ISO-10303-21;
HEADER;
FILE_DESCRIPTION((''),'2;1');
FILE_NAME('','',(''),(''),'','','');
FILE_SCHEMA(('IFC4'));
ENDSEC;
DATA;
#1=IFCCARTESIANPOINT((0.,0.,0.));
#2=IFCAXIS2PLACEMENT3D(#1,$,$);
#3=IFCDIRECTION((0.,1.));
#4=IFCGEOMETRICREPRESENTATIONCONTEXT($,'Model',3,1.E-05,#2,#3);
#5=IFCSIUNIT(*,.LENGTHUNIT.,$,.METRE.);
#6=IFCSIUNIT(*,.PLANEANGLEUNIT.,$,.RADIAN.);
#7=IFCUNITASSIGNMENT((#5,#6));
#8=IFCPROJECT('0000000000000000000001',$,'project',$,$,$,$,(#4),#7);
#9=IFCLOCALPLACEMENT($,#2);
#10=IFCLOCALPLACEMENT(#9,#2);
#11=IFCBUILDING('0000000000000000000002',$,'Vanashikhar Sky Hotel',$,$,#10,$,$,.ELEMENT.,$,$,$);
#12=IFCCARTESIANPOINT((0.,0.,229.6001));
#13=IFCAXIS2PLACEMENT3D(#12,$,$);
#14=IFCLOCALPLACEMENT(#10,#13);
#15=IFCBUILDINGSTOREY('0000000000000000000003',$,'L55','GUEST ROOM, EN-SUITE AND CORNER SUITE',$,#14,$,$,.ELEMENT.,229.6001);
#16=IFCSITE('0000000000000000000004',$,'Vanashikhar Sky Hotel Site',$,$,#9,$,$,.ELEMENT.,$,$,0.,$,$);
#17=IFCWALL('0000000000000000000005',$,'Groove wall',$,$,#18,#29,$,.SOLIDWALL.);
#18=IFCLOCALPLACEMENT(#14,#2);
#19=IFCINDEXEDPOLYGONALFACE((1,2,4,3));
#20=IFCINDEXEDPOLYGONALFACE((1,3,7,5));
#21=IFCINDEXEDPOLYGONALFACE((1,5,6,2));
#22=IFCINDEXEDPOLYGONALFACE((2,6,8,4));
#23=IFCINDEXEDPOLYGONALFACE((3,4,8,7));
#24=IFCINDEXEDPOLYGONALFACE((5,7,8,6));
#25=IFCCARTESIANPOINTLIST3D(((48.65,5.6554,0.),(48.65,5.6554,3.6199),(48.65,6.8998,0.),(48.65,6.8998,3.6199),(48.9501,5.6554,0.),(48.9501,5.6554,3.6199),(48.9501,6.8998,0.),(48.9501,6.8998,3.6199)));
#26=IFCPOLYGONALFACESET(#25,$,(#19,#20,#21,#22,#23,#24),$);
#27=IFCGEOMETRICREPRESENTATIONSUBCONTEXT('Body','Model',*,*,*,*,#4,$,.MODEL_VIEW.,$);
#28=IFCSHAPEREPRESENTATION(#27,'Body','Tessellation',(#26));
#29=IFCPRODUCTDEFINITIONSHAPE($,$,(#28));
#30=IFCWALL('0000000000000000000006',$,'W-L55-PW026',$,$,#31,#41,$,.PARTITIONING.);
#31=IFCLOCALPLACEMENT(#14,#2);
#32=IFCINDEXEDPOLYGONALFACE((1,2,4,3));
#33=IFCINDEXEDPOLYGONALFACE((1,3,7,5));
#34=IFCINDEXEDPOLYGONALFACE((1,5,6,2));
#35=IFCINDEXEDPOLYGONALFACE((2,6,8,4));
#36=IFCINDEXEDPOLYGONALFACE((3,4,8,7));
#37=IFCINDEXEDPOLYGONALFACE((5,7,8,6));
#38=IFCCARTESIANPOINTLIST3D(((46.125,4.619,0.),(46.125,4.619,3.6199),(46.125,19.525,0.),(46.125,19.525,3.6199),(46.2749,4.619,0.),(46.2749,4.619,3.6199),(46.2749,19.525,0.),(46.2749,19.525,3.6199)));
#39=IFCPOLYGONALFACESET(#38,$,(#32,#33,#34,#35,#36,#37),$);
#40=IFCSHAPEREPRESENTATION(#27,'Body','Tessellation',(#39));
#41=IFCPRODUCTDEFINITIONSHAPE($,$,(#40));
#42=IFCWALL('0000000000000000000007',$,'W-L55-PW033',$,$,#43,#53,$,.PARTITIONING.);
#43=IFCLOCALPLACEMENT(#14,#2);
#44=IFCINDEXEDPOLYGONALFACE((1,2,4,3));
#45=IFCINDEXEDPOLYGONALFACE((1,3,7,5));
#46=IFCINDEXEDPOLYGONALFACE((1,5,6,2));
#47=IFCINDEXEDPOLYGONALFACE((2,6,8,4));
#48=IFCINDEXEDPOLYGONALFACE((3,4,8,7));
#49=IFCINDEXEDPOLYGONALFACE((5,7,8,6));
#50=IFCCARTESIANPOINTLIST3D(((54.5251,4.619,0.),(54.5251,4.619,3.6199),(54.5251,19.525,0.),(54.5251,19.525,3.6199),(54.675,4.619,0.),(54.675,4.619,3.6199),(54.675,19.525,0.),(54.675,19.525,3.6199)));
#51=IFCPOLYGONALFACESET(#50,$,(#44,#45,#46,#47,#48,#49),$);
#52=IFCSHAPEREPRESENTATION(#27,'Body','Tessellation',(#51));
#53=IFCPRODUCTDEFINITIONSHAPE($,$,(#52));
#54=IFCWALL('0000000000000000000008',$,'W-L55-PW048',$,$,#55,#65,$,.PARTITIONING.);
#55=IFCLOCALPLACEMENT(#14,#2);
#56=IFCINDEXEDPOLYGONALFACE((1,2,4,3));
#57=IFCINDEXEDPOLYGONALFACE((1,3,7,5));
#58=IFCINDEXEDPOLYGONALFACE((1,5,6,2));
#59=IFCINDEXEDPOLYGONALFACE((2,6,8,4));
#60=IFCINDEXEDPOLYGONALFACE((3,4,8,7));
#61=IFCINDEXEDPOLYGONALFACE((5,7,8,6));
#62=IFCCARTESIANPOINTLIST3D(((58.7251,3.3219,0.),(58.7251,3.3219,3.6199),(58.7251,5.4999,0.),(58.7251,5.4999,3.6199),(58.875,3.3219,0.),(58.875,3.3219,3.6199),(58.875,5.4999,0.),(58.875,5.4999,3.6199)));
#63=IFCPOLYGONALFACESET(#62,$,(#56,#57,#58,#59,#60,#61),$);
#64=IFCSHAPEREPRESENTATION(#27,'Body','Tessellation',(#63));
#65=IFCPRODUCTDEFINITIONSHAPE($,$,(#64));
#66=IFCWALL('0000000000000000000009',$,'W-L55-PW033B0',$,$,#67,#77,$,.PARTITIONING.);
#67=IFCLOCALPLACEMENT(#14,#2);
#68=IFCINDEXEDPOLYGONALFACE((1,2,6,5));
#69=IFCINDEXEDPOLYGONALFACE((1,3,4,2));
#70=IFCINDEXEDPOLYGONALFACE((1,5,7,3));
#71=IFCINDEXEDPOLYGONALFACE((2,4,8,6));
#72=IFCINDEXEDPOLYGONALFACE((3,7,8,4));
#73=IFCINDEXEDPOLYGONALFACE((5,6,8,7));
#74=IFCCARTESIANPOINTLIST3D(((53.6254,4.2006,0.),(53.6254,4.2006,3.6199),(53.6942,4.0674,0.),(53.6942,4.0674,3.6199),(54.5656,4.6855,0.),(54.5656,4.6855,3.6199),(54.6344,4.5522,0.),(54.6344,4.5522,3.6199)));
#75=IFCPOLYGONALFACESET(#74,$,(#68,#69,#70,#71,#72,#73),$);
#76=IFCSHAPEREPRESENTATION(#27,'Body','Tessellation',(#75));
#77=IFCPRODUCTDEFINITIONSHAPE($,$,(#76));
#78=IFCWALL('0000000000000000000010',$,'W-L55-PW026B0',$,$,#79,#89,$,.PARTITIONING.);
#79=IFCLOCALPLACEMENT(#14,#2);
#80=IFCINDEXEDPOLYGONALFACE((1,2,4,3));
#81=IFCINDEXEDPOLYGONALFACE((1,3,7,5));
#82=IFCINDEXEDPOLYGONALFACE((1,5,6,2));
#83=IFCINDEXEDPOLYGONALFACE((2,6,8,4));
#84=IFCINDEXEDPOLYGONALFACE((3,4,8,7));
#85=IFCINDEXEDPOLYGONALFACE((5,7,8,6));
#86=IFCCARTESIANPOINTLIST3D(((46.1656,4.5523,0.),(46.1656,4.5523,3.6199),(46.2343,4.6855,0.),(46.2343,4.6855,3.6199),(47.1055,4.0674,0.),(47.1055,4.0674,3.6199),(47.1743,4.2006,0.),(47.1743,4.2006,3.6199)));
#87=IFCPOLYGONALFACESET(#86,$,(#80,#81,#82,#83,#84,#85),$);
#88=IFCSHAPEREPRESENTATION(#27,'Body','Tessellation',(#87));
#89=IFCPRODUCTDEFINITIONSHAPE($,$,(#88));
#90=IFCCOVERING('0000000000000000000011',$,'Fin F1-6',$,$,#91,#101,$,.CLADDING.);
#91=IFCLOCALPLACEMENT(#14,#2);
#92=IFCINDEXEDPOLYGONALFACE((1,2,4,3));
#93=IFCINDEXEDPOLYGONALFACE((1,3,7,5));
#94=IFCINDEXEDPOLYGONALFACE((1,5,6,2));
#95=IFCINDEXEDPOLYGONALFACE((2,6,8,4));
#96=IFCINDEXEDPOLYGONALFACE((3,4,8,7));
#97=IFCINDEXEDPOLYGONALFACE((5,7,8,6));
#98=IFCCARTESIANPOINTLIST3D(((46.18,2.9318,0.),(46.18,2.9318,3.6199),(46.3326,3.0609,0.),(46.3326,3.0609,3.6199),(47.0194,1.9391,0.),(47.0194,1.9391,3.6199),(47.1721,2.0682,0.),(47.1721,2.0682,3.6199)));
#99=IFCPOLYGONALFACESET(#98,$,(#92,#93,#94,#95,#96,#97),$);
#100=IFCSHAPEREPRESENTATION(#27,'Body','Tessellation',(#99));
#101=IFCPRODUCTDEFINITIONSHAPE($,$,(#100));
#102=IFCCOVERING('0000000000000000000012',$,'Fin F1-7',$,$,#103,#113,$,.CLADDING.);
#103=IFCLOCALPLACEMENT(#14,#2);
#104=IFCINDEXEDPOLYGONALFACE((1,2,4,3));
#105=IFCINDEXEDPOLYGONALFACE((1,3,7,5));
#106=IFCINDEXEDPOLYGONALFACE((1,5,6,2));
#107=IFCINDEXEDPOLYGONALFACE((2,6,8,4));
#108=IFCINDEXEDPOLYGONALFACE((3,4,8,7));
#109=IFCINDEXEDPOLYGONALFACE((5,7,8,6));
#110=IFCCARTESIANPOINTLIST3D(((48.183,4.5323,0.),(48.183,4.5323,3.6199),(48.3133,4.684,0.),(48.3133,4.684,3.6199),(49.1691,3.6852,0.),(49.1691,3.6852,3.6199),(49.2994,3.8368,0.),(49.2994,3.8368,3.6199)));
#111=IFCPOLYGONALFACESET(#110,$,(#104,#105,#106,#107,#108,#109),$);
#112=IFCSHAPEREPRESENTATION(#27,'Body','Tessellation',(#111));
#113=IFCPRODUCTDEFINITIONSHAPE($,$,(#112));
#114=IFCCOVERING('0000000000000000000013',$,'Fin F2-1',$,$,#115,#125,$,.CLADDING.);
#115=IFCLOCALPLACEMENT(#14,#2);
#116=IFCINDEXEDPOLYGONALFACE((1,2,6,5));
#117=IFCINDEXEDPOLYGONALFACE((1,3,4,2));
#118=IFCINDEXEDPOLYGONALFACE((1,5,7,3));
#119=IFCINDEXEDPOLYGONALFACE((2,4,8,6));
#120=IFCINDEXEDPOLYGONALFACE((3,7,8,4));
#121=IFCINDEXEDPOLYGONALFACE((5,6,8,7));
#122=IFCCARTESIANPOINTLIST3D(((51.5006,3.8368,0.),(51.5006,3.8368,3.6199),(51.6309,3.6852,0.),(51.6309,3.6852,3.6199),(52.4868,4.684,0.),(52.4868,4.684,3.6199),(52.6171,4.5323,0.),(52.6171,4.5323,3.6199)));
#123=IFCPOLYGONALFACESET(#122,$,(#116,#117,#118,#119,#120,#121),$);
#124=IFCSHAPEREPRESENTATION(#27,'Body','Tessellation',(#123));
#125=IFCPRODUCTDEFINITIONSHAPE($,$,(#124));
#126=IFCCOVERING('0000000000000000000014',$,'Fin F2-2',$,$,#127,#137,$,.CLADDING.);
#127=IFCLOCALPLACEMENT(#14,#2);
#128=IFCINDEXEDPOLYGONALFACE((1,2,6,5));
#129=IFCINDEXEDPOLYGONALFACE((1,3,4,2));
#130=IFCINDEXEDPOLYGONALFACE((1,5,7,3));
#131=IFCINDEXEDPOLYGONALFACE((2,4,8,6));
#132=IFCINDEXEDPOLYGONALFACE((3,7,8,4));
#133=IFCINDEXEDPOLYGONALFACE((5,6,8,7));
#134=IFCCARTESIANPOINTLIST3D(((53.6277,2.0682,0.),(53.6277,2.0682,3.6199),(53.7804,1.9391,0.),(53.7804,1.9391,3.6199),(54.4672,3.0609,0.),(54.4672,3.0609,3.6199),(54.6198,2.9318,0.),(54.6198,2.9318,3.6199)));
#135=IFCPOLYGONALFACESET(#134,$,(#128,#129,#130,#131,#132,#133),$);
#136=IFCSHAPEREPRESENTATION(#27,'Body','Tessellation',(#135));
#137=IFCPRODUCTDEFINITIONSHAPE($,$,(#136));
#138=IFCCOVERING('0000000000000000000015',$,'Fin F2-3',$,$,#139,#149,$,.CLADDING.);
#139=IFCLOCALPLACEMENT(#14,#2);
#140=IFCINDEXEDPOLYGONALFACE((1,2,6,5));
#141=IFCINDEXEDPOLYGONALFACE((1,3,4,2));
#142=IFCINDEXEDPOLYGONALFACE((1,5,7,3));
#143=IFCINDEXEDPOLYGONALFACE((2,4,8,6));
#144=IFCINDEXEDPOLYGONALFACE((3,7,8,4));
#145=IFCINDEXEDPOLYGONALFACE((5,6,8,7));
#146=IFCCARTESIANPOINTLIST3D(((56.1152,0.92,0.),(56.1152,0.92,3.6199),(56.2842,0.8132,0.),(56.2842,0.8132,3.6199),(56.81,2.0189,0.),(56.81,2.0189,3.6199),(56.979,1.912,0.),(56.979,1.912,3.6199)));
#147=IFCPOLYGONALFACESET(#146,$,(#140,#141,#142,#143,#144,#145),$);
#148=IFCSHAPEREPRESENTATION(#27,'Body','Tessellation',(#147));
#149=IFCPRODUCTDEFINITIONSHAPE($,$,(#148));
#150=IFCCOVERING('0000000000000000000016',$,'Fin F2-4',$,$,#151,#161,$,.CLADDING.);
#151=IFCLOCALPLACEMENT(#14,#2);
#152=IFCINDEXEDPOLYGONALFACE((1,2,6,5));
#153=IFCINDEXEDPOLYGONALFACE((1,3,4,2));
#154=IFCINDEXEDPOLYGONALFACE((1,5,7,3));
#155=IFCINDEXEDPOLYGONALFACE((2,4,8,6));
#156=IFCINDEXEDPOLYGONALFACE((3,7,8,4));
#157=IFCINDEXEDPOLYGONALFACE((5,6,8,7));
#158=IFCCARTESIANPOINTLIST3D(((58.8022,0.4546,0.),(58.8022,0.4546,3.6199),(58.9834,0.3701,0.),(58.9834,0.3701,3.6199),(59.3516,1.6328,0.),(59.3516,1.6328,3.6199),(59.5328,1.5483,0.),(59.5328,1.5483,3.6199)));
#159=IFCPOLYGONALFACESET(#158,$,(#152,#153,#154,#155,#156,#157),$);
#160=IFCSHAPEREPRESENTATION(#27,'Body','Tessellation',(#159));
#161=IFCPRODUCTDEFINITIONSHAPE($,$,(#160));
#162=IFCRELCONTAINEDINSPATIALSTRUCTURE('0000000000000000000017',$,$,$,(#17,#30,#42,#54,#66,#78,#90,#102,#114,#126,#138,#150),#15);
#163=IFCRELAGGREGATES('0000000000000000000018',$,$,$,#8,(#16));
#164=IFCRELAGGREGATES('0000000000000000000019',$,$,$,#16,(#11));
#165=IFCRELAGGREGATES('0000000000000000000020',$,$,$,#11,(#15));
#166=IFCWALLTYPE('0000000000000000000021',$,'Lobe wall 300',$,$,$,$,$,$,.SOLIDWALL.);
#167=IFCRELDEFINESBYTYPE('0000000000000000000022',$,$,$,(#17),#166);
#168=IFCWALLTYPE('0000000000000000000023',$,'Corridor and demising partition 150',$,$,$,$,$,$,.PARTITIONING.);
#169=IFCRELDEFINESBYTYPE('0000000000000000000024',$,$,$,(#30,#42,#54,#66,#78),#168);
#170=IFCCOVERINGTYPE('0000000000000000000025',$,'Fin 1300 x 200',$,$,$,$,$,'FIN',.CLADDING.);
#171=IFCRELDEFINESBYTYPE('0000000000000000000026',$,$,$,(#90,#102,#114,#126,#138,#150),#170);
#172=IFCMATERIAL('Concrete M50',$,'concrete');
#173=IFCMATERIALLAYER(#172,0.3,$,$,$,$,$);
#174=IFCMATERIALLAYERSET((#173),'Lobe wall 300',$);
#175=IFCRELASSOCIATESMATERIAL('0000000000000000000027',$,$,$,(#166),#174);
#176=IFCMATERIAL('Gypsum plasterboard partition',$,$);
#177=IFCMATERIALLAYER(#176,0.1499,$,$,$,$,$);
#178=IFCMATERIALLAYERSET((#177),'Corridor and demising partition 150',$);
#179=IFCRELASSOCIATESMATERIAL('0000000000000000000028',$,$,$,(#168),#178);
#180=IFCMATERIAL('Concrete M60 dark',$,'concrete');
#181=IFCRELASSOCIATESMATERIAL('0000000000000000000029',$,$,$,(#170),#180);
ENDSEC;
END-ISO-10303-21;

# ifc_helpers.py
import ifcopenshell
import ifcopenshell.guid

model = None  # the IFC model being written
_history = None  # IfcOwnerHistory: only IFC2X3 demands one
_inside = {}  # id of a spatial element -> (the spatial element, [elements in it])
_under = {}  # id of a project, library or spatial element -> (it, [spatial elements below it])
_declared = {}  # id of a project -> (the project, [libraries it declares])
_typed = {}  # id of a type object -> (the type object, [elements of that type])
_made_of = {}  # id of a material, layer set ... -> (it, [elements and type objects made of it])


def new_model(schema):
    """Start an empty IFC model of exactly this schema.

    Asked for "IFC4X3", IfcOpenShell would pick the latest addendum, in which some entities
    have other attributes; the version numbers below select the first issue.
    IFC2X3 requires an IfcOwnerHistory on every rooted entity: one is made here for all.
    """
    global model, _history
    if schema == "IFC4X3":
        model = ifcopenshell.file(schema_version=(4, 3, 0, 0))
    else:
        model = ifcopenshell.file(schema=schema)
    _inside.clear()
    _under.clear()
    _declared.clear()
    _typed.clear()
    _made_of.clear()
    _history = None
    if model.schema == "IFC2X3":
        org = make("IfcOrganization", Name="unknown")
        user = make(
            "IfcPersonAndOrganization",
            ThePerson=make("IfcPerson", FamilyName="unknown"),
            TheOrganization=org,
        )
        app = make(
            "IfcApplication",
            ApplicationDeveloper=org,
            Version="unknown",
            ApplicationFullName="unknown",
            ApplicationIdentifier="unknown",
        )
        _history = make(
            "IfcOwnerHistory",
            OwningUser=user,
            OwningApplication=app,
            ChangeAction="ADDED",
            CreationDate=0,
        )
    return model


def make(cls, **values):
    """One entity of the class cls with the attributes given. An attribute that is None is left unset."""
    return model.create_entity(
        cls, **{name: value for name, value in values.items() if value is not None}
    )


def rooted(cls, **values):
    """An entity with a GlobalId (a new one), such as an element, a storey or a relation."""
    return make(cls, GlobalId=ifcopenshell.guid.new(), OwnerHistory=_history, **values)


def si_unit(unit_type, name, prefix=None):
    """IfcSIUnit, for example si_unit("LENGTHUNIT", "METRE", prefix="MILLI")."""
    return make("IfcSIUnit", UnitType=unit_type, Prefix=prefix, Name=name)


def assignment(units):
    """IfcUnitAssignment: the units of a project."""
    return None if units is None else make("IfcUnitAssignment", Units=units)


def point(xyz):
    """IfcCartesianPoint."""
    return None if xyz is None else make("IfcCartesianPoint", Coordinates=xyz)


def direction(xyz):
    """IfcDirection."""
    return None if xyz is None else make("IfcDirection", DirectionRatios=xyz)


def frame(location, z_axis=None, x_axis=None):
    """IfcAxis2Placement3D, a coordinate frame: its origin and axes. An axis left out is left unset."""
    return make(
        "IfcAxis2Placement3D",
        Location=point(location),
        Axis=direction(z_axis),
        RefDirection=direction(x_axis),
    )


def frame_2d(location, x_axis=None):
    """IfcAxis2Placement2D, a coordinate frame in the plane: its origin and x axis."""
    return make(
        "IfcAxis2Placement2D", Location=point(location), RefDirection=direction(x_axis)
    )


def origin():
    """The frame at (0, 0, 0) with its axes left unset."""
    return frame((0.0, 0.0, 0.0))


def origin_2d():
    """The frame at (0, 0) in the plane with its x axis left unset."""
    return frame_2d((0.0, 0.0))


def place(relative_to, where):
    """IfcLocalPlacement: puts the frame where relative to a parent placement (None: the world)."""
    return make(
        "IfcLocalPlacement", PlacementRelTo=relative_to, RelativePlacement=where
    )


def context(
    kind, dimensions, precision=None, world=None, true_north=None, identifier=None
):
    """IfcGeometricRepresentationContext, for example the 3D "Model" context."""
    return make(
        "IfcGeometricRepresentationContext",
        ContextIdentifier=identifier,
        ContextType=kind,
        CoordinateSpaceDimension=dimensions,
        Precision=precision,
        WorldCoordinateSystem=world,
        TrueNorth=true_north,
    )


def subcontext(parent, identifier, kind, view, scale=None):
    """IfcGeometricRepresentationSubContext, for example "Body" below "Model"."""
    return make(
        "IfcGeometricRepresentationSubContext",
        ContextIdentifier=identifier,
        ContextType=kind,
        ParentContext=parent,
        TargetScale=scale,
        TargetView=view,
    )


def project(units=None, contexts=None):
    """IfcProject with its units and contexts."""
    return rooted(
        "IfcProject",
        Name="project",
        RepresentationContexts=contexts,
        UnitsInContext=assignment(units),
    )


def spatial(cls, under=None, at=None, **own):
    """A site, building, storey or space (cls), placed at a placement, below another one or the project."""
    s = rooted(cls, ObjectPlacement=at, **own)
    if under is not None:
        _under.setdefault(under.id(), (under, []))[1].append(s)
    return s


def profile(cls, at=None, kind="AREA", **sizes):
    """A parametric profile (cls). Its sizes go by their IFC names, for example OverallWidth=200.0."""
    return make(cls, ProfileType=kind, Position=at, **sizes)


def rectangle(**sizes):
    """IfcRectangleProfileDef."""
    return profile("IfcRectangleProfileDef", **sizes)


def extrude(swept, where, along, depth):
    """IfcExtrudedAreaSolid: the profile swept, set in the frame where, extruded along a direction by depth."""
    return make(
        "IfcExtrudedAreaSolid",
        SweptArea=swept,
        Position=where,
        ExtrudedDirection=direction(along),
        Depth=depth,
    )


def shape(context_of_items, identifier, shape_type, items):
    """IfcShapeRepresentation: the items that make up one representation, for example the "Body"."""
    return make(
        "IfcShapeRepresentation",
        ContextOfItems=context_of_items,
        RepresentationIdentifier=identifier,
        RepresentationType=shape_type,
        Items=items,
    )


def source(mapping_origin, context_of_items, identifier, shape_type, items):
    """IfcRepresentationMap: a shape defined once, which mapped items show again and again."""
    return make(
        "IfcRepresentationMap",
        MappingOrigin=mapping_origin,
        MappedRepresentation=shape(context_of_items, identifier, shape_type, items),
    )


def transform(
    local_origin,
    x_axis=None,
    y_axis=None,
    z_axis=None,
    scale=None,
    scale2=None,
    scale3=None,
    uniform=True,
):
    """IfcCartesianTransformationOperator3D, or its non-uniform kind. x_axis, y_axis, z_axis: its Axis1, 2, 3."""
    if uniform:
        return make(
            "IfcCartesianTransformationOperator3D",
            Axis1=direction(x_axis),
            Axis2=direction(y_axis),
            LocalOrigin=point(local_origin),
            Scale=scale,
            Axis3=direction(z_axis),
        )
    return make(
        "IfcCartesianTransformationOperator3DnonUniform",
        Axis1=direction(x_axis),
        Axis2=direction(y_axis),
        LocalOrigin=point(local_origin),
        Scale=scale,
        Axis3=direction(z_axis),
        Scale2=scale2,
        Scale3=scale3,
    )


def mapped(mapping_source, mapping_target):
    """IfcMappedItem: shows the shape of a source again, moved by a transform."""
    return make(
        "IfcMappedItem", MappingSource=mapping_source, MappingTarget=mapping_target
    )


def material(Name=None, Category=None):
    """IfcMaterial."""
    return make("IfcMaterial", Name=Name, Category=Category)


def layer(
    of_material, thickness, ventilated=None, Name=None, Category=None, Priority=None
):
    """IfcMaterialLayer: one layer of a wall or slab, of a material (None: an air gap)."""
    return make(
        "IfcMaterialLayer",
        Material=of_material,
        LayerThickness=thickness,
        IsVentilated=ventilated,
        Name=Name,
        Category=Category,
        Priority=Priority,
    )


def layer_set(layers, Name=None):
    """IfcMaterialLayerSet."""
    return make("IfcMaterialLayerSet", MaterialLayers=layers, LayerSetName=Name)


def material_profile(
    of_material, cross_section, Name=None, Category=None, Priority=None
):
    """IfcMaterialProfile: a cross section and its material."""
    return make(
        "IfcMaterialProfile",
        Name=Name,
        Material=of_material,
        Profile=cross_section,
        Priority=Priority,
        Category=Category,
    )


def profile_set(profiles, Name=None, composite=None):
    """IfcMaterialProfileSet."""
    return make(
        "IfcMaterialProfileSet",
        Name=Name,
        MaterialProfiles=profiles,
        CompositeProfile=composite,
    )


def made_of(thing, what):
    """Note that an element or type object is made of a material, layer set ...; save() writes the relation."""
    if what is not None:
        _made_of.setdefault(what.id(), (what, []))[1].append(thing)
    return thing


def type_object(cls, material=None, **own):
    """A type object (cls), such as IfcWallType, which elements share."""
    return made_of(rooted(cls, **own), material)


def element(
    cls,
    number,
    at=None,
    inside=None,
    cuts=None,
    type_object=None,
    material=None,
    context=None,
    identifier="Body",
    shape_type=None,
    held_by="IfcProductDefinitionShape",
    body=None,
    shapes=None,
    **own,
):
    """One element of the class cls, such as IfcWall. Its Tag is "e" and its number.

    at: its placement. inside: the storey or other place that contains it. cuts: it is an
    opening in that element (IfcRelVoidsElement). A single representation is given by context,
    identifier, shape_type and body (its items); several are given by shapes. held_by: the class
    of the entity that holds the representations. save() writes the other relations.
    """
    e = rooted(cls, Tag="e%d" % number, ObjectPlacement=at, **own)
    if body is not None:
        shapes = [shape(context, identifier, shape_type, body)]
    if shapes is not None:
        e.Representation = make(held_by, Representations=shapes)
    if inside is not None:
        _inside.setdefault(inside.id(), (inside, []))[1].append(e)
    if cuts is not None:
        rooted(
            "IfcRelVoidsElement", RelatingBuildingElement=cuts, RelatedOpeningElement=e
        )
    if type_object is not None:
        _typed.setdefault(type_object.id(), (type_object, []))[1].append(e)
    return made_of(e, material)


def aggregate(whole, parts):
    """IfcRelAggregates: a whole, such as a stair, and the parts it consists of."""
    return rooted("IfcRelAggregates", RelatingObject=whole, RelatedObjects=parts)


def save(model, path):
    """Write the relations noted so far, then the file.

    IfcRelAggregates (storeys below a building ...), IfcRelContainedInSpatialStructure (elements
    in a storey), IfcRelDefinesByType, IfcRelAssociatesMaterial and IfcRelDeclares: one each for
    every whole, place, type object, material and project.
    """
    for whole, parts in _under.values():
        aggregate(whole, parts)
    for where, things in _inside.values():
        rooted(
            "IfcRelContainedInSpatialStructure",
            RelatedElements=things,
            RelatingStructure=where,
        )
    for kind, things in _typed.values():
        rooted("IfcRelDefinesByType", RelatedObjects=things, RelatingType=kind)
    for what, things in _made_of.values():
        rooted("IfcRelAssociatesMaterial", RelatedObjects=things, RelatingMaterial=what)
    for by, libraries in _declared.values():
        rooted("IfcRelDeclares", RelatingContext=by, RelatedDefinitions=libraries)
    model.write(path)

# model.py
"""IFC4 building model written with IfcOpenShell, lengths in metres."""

from ifc_helpers import new_model, si_unit, direction, frame, frame_2d, origin, origin_2d, place, context, subcontext, project, spatial, rectangle, extrude, source, transform, mapped, material, layer, layer_set, material_profile, profile_set, type_object, element, save


model = new_model("IFC4")

# Units and contexts
model_context = context("Model", 3, precision=1e-05, world=origin(), true_north=direction((0.0, 1.0)))
body_context = subcontext(model_context, "Body", "Model", "MODEL_VIEW")
ifc_project = project(units=[si_unit("LENGTHUNIT", "METRE"), si_unit("PLANEANGLEUNIT", "RADIAN")], contexts=[model_context])

# Site, building, storey
site_placement = place(None, origin())
site = spatial("IfcSite", under=ifc_project, at=site_placement, Name="Vanashikhar Sky Hotel Site", CompositionType="ELEMENT", RefElevation=0.0)
building_placement = place(site_placement, origin())
building = spatial("IfcBuilding", under=site, at=building_placement, Name="Vanashikhar Sky Hotel", CompositionType="ELEMENT")
storey_placement = place(building_placement, frame((0.0, 0.0, 229.6001)))
storey = spatial("IfcBuildingStorey", under=building, at=storey_placement, Name="L55", Description="GUEST ROOM, EN-SUITE AND CORNER SUITE", CompositionType="ELEMENT", Elevation=229.6001)

# Shared definitions
ifc_material_1 = material(Name="Concrete M50", Category="concrete")
ifc_layer_1 = layer(ifc_material_1, 0.3)
ifc_layer_set_1 = layer_set([ifc_layer_1], Name="Lobe wall 300")
wall_type_1 = type_object("IfcWallType", Name="Lobe wall 300", PredefinedType="SOLIDWALL", material=ifc_layer_set_1)

# Walls
shared_shape_1 = source(origin(), body_context, "Body", "SweptSolid", [
    extrude(rectangle(XDim=1.2444, YDim=0.3, at=frame_2d((0.6221, 0.0))), origin(), (0.0, 0.0, 1.0), 3.6199),
])
wall_1_placement = place(storey_placement, frame((48.8, 5.6555, 0.0), z_axis=(0.0, 0.0, 1.0), x_axis=(0.0, 1.0, 0.0)))
element("IfcWall", 1, at=wall_1_placement, inside=storey, type_object=wall_type_1, Name="Groove wall", PredefinedType="SOLIDWALL", context=body_context, shape_type="MappedRepresentation", body=[
    mapped(shared_shape_1, transform((0.0, 0.0, 0.0), scale=1.0)),
])
ifc_material_2 = material(Name="Gypsum plasterboard partition")
ifc_layer_2 = layer(ifc_material_2, 0.1499)
ifc_layer_set_2 = layer_set([ifc_layer_2], Name="Corridor and demising partition 150")
wall_type_2 = type_object("IfcWallType", Name="Corridor and demising partition 150", PredefinedType="PARTITIONING", material=ifc_layer_set_2)
shared_shape_2 = source(origin(), body_context, "Body", "SweptSolid", [
    extrude(rectangle(XDim=14.906, YDim=0.1499, at=frame_2d((7.4531, 0.0))), origin(), (0.0, 0.0, 1.0), 3.6199),
])
for number, where, z_axis, x_axis, name in (
    (2, (46.2, 4.6189, 0.0), (0.0, 0.0, 1.0), (0.0, 1.0, 0.0), "W-L55-PW026"),
    (3, (54.6001, 4.6189, 0.0), (0.0, 0.0, 1.0), (0.0, 1.0, 0.0), "W-L55-PW033"),
):
    element("IfcWall", number, at=place(storey_placement, frame(where, z_axis=z_axis, x_axis=x_axis)), inside=storey, type_object=wall_type_2, Name=name, PredefinedType="PARTITIONING", context=body_context, shape_type="MappedRepresentation", body=[
        mapped(shared_shape_2, transform((0.0, 0.0, 0.0), scale=1.0)),
    ])
shared_shape_3 = source(origin(), body_context, "Body", "SweptSolid", [
    extrude(rectangle(XDim=2.178, YDim=0.1499, at=frame_2d((1.0889, 0.0))), origin(), (0.0, 0.0, 1.0), 3.6199),
])
wall_2_placement = place(storey_placement, frame((58.8, 3.322, 0.0), z_axis=(0.0, 0.0, 1.0), x_axis=(0.0, 1.0, 0.0)))
element("IfcWall", 4, at=wall_2_placement, inside=storey, type_object=wall_type_2, Name="W-L55-PW048", PredefinedType="PARTITIONING", context=body_context, shape_type="MappedRepresentation", body=[
    mapped(shared_shape_3, transform((0.0, 0.0, 0.0), scale=1.0)),
])
shared_shape_4 = source(origin(), body_context, "Body", "SweptSolid", [
    extrude(rectangle(XDim=1.0579, YDim=0.1499, at=frame_2d((0.5288, 0.0))), origin(), (0.0, 0.0, 1.0), 3.6199),
])
wall_3_placement = place(storey_placement, frame((53.6599, 4.134, 0.0), z_axis=(0.0, 0.0, 1.0), x_axis=(0.888772, 0.458349, 0.0)))
element("IfcWall", 5, at=wall_3_placement, inside=storey, type_object=wall_type_2, Name="W-L55-PW033B0", PredefinedType="PARTITIONING", context=body_context, shape_type="MappedRepresentation", body=[
    mapped(shared_shape_4, transform((0.0, 0.0, 0.0), scale=1.0)),
])
shared_shape_5 = source(origin(), body_context, "Body", "SweptSolid", [
    extrude(rectangle(XDim=1.0576, YDim=0.1499, at=frame_2d((0.5288, 0.0))), origin(), (0.0, 0.0, 1.0), 3.6199),
])
wall_4_placement = place(storey_placement, frame((47.1399, 4.134, 0.0), z_axis=(0.0, 0.0, 1.0), x_axis=(-0.888724, 0.458443, 0.0)))
element("IfcWall", 6, at=wall_4_placement, inside=storey, type_object=wall_type_2, Name="W-L55-PW026B0", PredefinedType="PARTITIONING", context=body_context, shape_type="MappedRepresentation", body=[
    mapped(shared_shape_5, transform((0.0, 0.0, 0.0), scale=1.0)),
])

# Coverings
ifc_material_3 = material(Name="Concrete M60 dark", Category="concrete")
ifc_material_profile = material_profile(ifc_material_3, rectangle(XDim=1.3, YDim=0.2, at=origin_2d()))
ifc_profile_set = profile_set([ifc_material_profile], Name="Fin 1300 x 200")
covering_type = type_object("IfcCoveringType", Name="Fin 1300 x 200", ElementType="FIN", PredefinedType="CLADDING", material=ifc_profile_set)
shared_shape_6 = source(origin(), body_context, "Body", "SweptSolid", [
    extrude(rectangle(XDim=1.3, YDim=0.2, at=origin_2d()), origin(), (0.0, 0.0, 1.0), 3.6199),
])
for number, where, z_axis, x_axis, name in (
    (7, (46.676, 2.5, 0.0), (0.0, 0.0, 1.0), (0.645698, -0.763593, 0.0), "Fin F1-6"),
    (8, (48.7412, 4.1846, 0.0), (0.0, 0.0, 1.0), (0.758544, -0.651622, 0.0), "Fin F1-7"),
    (9, (52.0588, 4.1846, 0.0), (0.0, 0.0, 1.0), (-0.758544, -0.651622, 0.0), "Fin F2-1"),
    (10, (54.1238, 2.5, 0.0), (0.0, 0.0, 1.0), (-0.645698, -0.763593, 0.0), "Fin F2-2"),
    (11, (56.5471, 1.416, 0.0), (0.0, 0.0, 1.0), (-0.534411, -0.845225, 0.0), "Fin F2-3"),
    (12, (59.1675, 1.0015, 0.0), (0.0, 0.0, 1.0), (-0.422618, -0.906308, 0.0), "Fin F2-4"),
):
    element("IfcCovering", number, at=place(storey_placement, frame(where, z_axis=z_axis, x_axis=x_axis)), inside=storey, type_object=covering_type, Name=name, PredefinedType="CLADDING", context=body_context, shape_type="MappedRepresentation", body=[
        mapped(shared_shape_6, transform((0.0, 0.0, 0.0), scale=1.0)),
    ])

save(model, "model.ifc")
